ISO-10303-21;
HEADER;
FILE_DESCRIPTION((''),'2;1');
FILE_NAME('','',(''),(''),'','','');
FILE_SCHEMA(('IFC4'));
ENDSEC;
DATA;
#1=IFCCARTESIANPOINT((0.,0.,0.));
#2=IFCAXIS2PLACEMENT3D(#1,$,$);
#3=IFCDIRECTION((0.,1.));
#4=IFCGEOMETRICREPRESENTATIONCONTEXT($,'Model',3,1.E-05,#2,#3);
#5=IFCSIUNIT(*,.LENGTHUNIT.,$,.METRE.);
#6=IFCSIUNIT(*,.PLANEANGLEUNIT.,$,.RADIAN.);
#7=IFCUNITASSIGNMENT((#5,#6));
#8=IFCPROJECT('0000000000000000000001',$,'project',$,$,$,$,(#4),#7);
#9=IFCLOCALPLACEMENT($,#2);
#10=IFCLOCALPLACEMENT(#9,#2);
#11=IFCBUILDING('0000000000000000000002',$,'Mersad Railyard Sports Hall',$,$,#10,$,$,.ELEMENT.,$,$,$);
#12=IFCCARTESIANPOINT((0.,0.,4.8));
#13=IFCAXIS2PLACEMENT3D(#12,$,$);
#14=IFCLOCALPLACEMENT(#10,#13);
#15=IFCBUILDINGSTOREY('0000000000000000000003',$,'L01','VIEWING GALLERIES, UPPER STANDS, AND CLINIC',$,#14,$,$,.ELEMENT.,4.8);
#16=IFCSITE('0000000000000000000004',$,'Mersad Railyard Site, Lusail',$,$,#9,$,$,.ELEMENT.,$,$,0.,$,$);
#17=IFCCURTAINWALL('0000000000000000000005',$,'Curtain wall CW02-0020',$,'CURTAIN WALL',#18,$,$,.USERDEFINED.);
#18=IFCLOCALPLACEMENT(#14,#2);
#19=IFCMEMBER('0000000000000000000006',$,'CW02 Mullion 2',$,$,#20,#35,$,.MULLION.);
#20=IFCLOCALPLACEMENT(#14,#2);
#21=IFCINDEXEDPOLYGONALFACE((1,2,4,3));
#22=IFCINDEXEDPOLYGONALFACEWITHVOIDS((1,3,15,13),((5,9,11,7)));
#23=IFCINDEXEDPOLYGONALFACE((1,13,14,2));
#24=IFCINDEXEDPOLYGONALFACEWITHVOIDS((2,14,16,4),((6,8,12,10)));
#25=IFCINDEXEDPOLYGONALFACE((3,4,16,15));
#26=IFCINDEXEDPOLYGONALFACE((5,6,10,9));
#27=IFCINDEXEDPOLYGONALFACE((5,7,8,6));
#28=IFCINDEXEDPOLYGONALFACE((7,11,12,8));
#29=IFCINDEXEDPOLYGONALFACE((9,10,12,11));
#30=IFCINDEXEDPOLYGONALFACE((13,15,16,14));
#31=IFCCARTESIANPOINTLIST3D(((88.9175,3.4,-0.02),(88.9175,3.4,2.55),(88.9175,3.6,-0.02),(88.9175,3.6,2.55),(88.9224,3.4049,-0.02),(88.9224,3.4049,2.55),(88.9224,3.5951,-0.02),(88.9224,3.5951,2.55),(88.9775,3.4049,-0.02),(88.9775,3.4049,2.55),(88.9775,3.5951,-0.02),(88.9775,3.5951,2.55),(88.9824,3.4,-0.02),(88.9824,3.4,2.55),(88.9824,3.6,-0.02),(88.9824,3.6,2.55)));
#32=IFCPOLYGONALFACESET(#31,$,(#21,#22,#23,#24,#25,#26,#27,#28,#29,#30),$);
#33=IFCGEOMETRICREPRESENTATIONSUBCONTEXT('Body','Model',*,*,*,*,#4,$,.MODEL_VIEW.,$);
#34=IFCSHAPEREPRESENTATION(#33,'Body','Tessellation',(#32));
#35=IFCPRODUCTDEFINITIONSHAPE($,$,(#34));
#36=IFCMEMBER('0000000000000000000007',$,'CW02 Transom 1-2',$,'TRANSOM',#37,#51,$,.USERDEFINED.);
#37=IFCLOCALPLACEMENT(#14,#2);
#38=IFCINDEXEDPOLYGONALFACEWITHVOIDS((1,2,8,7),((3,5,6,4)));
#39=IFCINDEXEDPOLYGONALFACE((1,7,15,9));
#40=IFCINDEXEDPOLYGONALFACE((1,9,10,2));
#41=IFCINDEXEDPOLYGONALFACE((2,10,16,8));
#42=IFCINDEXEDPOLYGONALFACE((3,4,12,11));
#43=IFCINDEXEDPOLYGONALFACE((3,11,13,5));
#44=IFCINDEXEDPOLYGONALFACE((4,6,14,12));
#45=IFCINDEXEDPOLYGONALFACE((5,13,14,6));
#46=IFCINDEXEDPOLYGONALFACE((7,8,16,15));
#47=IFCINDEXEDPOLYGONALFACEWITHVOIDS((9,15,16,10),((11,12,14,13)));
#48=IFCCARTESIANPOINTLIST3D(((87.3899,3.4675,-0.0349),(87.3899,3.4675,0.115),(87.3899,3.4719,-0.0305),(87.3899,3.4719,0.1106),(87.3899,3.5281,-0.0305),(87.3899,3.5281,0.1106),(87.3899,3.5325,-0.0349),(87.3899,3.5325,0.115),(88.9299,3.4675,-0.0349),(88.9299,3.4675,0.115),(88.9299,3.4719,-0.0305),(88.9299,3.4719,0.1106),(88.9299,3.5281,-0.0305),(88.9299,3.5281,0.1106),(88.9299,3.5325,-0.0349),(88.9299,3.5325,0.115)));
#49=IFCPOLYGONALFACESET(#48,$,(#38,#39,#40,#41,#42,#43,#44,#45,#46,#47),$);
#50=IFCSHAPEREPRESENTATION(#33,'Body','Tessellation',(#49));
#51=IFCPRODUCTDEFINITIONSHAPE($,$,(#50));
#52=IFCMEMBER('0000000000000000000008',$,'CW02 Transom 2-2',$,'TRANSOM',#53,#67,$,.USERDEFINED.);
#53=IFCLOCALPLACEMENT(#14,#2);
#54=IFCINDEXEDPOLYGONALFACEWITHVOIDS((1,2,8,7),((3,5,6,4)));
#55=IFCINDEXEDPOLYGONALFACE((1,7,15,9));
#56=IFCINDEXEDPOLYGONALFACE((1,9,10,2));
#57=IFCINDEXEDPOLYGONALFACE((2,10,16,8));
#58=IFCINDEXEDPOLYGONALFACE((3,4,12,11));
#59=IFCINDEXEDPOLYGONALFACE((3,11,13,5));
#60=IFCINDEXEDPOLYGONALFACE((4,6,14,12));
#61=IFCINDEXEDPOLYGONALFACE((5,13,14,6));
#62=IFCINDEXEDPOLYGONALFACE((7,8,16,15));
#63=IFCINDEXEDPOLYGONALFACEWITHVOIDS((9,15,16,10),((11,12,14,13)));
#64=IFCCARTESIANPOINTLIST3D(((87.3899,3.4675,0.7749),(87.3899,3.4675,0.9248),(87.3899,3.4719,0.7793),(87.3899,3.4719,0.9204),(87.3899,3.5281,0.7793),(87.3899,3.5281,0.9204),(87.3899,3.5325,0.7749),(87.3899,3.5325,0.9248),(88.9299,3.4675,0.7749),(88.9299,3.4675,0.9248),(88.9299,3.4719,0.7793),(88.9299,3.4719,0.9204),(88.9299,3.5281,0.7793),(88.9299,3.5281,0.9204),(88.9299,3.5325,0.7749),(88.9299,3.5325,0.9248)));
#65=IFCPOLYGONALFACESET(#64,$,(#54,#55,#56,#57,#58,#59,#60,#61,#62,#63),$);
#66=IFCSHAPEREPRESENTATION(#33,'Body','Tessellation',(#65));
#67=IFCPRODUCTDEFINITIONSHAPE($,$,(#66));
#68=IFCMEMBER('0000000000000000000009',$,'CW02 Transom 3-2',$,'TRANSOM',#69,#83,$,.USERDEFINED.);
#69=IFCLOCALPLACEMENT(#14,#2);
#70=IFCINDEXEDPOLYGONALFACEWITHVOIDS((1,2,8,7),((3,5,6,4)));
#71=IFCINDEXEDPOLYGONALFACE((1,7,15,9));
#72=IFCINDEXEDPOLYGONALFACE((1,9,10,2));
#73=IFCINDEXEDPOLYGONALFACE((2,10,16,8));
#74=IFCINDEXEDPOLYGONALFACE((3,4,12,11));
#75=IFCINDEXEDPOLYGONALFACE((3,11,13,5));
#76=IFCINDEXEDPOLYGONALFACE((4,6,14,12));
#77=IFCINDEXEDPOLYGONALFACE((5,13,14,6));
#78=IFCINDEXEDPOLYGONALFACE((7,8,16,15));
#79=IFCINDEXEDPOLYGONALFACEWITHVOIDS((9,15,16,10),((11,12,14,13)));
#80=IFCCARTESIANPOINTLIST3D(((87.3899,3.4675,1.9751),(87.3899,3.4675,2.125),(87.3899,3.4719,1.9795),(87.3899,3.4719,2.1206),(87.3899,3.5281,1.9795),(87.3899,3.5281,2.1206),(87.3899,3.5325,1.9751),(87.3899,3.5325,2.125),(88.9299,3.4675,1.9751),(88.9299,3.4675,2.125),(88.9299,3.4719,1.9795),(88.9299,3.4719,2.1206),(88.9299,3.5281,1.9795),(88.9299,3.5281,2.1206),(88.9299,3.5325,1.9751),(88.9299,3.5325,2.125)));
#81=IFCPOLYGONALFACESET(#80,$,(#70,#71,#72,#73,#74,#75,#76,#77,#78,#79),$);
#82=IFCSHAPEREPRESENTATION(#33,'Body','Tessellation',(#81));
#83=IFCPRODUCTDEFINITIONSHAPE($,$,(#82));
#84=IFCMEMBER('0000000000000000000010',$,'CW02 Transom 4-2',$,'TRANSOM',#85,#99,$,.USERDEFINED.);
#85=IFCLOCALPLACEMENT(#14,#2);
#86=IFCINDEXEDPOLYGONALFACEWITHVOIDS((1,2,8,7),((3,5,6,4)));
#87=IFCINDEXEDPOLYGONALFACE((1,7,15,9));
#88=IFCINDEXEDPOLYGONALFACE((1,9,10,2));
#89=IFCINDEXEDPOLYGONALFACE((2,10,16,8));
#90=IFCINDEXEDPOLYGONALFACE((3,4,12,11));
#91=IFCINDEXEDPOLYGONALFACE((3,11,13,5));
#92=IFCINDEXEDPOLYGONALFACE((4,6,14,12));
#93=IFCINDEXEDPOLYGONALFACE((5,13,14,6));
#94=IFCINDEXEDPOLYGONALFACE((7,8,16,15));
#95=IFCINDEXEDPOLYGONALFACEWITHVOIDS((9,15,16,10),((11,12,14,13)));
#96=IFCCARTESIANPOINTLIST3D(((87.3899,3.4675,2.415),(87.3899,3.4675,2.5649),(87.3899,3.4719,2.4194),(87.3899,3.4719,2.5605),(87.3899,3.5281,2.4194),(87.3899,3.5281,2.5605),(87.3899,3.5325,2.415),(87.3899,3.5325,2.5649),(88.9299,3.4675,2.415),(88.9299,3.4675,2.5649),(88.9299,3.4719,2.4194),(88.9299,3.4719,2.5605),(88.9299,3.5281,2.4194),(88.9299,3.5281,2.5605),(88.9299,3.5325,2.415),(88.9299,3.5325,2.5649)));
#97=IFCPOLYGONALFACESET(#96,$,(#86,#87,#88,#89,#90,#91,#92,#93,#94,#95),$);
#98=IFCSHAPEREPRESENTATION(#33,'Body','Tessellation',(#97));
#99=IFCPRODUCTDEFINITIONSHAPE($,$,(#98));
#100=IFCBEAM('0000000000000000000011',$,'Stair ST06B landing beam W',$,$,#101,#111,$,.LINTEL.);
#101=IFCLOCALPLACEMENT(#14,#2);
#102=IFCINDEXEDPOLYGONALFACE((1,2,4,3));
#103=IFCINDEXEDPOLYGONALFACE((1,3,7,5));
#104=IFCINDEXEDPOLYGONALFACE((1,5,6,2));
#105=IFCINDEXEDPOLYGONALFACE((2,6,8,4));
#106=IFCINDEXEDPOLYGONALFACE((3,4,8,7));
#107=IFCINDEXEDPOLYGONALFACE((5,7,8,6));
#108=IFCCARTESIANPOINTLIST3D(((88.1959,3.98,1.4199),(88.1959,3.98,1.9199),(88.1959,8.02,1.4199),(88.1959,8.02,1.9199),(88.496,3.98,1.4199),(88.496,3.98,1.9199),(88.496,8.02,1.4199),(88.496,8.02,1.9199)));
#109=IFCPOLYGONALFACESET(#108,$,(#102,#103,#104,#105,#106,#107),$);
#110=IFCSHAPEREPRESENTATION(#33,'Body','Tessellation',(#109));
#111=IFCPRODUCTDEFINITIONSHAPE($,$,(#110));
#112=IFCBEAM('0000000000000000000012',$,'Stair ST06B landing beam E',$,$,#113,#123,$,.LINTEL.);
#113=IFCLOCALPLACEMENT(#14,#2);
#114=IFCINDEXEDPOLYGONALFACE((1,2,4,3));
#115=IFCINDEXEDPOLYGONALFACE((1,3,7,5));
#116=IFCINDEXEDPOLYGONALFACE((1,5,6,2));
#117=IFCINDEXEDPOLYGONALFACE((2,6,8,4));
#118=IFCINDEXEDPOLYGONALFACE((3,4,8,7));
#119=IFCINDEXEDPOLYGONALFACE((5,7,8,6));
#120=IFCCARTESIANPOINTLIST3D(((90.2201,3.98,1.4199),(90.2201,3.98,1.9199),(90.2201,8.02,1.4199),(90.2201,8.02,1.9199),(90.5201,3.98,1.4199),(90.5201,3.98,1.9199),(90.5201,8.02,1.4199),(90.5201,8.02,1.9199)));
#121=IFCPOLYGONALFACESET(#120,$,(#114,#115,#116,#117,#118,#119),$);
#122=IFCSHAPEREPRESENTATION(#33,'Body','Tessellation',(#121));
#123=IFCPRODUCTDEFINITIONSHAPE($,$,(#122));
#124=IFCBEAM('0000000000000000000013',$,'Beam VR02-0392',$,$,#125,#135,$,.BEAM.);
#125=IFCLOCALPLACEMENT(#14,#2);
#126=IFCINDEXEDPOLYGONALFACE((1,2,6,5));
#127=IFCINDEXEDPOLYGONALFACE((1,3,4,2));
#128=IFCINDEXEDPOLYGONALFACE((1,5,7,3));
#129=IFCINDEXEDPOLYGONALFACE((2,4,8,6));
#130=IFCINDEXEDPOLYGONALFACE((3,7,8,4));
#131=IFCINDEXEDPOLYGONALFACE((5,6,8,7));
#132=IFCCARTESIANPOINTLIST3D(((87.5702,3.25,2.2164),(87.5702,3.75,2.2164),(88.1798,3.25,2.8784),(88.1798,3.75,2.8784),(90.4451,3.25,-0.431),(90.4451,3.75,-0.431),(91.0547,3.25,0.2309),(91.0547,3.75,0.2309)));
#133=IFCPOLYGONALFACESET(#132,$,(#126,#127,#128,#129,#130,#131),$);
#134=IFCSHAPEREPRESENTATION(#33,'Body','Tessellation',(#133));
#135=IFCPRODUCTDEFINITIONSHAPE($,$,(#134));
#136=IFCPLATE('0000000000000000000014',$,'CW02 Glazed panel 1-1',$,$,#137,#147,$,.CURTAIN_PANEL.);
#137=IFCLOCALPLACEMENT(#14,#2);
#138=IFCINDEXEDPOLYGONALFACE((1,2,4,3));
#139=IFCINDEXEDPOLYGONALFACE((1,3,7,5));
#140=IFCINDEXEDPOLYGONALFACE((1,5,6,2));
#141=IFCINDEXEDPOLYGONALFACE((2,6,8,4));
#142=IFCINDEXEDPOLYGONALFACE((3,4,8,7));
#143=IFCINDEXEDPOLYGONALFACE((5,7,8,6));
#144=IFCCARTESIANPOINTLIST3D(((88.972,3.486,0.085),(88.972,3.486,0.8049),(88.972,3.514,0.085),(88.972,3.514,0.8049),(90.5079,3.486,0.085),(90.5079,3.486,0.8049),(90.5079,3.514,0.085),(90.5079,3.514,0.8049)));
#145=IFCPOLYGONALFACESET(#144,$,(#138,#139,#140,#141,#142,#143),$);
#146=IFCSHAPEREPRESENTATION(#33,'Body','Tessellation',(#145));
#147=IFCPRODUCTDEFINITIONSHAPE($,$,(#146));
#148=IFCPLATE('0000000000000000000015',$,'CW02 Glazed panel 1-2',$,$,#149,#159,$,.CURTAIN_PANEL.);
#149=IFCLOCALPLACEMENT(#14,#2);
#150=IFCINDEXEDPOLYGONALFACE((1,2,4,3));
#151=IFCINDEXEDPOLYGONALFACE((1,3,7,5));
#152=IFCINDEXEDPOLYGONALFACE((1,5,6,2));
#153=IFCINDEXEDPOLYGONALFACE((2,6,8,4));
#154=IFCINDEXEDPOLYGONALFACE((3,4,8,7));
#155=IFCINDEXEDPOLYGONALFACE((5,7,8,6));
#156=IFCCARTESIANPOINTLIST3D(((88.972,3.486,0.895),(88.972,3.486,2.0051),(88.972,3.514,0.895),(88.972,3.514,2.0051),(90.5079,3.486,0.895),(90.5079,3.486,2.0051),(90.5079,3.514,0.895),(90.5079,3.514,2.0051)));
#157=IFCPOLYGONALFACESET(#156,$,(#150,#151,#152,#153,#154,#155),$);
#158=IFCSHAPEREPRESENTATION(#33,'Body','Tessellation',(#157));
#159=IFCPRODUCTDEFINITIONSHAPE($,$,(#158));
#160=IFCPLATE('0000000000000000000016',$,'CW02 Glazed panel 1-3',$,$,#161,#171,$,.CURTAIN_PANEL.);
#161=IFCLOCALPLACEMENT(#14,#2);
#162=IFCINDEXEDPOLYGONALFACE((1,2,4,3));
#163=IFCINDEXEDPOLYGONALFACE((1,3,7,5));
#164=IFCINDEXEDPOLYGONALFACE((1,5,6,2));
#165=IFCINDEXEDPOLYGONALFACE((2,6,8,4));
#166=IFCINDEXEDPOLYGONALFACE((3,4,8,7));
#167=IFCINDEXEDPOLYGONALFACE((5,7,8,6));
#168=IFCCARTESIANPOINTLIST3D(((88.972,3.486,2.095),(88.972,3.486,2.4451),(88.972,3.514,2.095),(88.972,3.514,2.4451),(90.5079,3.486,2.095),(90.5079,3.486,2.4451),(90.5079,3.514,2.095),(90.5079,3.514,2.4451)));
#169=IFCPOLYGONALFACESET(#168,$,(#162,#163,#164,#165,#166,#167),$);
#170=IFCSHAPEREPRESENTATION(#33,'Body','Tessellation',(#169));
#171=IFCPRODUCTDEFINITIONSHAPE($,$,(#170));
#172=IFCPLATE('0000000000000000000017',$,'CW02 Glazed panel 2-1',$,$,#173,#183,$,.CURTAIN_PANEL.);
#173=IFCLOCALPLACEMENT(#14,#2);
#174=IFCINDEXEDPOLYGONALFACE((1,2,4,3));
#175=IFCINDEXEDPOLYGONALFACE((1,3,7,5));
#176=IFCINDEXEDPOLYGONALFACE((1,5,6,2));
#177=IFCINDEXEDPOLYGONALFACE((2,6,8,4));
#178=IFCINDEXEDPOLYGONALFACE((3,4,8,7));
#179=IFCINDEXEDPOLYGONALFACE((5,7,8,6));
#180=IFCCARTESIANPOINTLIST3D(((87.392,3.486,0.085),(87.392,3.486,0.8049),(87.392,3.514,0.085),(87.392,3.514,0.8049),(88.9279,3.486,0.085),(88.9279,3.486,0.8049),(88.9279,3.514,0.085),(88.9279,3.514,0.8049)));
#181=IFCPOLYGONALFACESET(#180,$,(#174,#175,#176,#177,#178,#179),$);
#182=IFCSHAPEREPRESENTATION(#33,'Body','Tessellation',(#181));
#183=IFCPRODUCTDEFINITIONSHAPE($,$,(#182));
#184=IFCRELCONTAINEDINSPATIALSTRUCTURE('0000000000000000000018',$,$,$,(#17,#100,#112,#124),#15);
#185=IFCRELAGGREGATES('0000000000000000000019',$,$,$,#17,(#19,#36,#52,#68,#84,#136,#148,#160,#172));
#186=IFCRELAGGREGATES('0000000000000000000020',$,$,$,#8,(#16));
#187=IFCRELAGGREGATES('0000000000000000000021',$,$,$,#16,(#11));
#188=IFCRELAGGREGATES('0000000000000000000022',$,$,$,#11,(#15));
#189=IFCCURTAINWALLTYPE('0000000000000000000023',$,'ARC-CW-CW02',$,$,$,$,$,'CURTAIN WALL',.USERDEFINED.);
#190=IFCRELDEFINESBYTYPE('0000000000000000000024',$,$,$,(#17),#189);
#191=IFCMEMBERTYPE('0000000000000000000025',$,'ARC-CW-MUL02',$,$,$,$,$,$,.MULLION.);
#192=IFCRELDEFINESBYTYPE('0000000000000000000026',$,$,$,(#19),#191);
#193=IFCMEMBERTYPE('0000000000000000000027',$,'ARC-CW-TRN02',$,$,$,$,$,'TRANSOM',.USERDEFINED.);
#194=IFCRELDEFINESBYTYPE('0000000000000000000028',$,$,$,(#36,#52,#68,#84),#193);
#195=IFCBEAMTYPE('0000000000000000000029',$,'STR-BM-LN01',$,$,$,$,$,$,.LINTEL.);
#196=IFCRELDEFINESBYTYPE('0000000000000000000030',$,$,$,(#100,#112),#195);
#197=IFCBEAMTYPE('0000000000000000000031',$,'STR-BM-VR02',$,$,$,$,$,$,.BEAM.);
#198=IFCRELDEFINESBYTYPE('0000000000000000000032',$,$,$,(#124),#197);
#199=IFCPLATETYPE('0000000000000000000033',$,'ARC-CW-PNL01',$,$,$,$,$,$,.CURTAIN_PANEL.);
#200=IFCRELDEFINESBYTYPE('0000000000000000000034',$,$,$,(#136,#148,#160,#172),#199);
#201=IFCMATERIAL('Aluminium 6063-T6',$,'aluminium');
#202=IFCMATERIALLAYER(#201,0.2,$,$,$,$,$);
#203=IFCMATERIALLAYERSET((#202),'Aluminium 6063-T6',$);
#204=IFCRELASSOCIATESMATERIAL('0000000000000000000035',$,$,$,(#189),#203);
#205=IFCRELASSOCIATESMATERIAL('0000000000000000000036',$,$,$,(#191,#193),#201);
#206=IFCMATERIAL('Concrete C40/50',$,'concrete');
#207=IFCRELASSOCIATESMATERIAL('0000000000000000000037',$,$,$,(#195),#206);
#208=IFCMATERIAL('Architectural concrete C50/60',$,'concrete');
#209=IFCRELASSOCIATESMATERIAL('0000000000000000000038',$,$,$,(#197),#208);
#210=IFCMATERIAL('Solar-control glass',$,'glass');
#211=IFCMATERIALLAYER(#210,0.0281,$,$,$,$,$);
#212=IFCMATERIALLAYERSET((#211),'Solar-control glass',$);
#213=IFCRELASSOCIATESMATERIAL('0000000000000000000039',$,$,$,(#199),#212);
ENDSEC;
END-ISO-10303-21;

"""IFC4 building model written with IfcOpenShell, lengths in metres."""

from ifc_helpers import new_model, si_unit, direction, frame, origin, origin_2d, place, context, subcontext, project, spatial, rectangle, hollow_rectangle, extrude, material, layer, layer_set, material_profile, profile_set, type_object, element, aggregate, save


model = new_model("IFC4")

# Units and contexts
model_context = context("Model", 3, precision=1e-05, world=origin(), true_north=direction((0.0, 1.0)))
body_context = subcontext(model_context, "Body", "Model", "MODEL_VIEW")
ifc_project = project(units=[si_unit("LENGTHUNIT", "METRE"), si_unit("PLANEANGLEUNIT", "RADIAN")], contexts=[model_context])

# Site, building, storey
site_placement = place(None, origin())
site = spatial("IfcSite", under=ifc_project, at=site_placement, Name="Mersad Railyard Site, Lusail", CompositionType="ELEMENT", RefElevation=0.0)
building_placement = place(site_placement, origin())
building = spatial("IfcBuilding", under=site, at=building_placement, Name="Mersad Railyard Sports Hall", CompositionType="ELEMENT")
storey_placement = place(building_placement, frame((0.0, 0.0, 4.8)))
storey = spatial("IfcBuildingStorey", under=building, at=storey_placement, Name="L01", Description="VIEWING GALLERIES, UPPER STANDS, AND CLINIC", CompositionType="ELEMENT", Elevation=4.8)

# Curtain wall, members
ifc_material_1 = material(Name="Aluminium 6063-T6", Category="aluminium")
ifc_layer_1 = layer(ifc_material_1, 0.2)
ifc_layer_set_1 = layer_set([ifc_layer_1], Name="Aluminium 6063-T6")
curtain_wall_type = type_object("IfcCurtainWallType", Name="ARC-CW-CW02", ElementType="CURTAIN WALL", PredefinedType="USERDEFINED", material=ifc_layer_set_1)
curtain_wall_placement = place(storey_placement, origin())
curtain_wall = element("IfcCurtainWall", 1, at=curtain_wall_placement, inside=storey, type_object=curtain_wall_type, Name="Curtain wall CW02-0020", ObjectType="CURTAIN WALL", PredefinedType="USERDEFINED")
ifc_material_profile_1 = material_profile(ifc_material_1, hollow_rectangle(XDim=0.0649, YDim=0.2, WallThickness=0.0049, at=origin_2d()), Name="AL MULLION 65x200x5")
ifc_profile_set_1 = profile_set([ifc_material_profile_1], Name="Aluminium 6063-T6")
member_type_1 = type_object("IfcMemberType", Name="ARC-CW-MUL02", PredefinedType="MULLION", material=ifc_profile_set_1)
member_1_placement = place(storey_placement, frame((88.95, 3.5, -0.02), z_axis=(0.0, 0.0, 1.0), x_axis=(1.0, 0.0, 0.0)))
member_1 = element("IfcMember", 2, at=member_1_placement, type_object=member_type_1, Name="CW02 Mullion 2", PredefinedType="MULLION", context=body_context, shape_type="SweptSolid", body=[
    extrude(hollow_rectangle(XDim=0.0649, YDim=0.2, WallThickness=0.0049, at=origin_2d()), origin(), (0.0, 0.0, 1.0), 2.5701),
])
ifc_material_profile_2 = material_profile(ifc_material_1, hollow_rectangle(XDim=0.0649, YDim=0.1499, WallThickness=0.0044, at=origin_2d()), Name="AL TRANSOM 65x150x4.5")
ifc_profile_set_2 = profile_set([ifc_material_profile_2], Name="Aluminium 6063-T6")
member_type_2 = type_object("IfcMemberType", Name="ARC-CW-TRN02", ElementType="TRANSOM", PredefinedType="USERDEFINED", material=ifc_profile_set_2)
member_2_placement = place(storey_placement, frame((88.9299, 3.5, 0.04), z_axis=(-1.0, 0.0, 0.0), x_axis=(0.0, -1.0, 0.0)))
member_2 = element("IfcMember", 3, at=member_2_placement, type_object=member_type_2, Name="CW02 Transom 1-2", ObjectType="TRANSOM", PredefinedType="USERDEFINED", context=body_context, shape_type="SweptSolid", body=[
    extrude(hollow_rectangle(XDim=0.0649, YDim=0.1499, WallThickness=0.0044, at=origin_2d()), origin(), (0.0, 0.0, 1.0), 1.54),
])
member_3_placement = place(storey_placement, frame((88.9299, 3.5, 0.8499), z_axis=(-1.0, 0.0, 0.0), x_axis=(0.0, -1.0, 0.0)))
member_3 = element("IfcMember", 4, at=member_3_placement, type_object=member_type_2, Name="CW02 Transom 2-2", ObjectType="TRANSOM", PredefinedType="USERDEFINED", context=body_context, shape_type="SweptSolid", body=[
    extrude(hollow_rectangle(XDim=0.0649, YDim=0.1499, WallThickness=0.0044, at=origin_2d()), origin(), (0.0, 0.0, 1.0), 1.54),
])
member_4_placement = place(storey_placement, frame((88.9299, 3.5, 2.05), z_axis=(-1.0, 0.0, 0.0), x_axis=(0.0, -1.0, 0.0)))
member_4 = element("IfcMember", 5, at=member_4_placement, type_object=member_type_2, Name="CW02 Transom 3-2", ObjectType="TRANSOM", PredefinedType="USERDEFINED", context=body_context, shape_type="SweptSolid", body=[
    extrude(hollow_rectangle(XDim=0.0649, YDim=0.1499, WallThickness=0.0044, at=origin_2d()), origin(), (0.0, 0.0, 1.0), 1.54),
])
member_5_placement = place(storey_placement, frame((88.9299, 3.5, 2.49), z_axis=(-1.0, 0.0, 0.0), x_axis=(0.0, -1.0, 0.0)))
member_5 = element("IfcMember", 6, at=member_5_placement, type_object=member_type_2, Name="CW02 Transom 4-2", ObjectType="TRANSOM", PredefinedType="USERDEFINED", context=body_context, shape_type="SweptSolid", body=[
    extrude(hollow_rectangle(XDim=0.0649, YDim=0.1499, WallThickness=0.0044, at=origin_2d()), origin(), (0.0, 0.0, 1.0), 1.54),
])

# Beams
ifc_material_2 = material(Name="Concrete C40/50", Category="concrete")
ifc_material_profile_3 = material_profile(ifc_material_2, rectangle(XDim=0.3, YDim=0.5, at=origin_2d()), Name="RC 300x500")
ifc_profile_set_3 = profile_set([ifc_material_profile_3], Name="Concrete C40/50")
beam_type_1 = type_object("IfcBeamType", Name="STR-BM-LN01", PredefinedType="LINTEL", material=ifc_profile_set_3)
for number, where, z_axis, x_axis, name in (
    (7, (88.3459, 3.98, 1.6699), (0.0, 1.0, 0.0), (-1.0, 0.0, 0.0), "Stair ST06B landing beam W"),
    (8, (90.3701, 3.98, 1.6699), (0.0, 1.0, 0.0), (-1.0, 0.0, 0.0), "Stair ST06B landing beam E"),
):
    element("IfcBeam", number, at=place(storey_placement, frame(where, z_axis=z_axis, x_axis=x_axis)), inside=storey, type_object=beam_type_1, Name=name, PredefinedType="LINTEL", context=body_context, shape_type="SweptSolid", body=[
        extrude(rectangle(XDim=0.3, YDim=0.5, at=origin_2d()), origin(), (0.0, 0.0, 1.0), 4.04),
    ])
ifc_material_3 = material(Name="Architectural concrete C50/60", Category="concrete")
ifc_material_profile_4 = material_profile(ifc_material_3, rectangle(XDim=0.5, YDim=0.8999, at=origin_2d()), Name="VR 500x900")
ifc_profile_set_4 = profile_set([ifc_material_profile_4], Name="Architectural concrete C50/60")
beam_type_2 = type_object("IfcBeamType", Name="STR-BM-VR02", PredefinedType="BEAM", material=ifc_profile_set_4)
beam_placement = place(storey_placement, frame((87.875, 3.5, 2.5474), z_axis=(0.735617, 0.0, -0.677397), x_axis=(0.0, 1.0, 0.0)))
element("IfcBeam", 9, at=beam_placement, inside=storey, type_object=beam_type_2, Name="Beam VR02-0392", PredefinedType="BEAM", context=body_context, shape_type="SweptSolid", body=[
    extrude(rectangle(XDim=0.5, YDim=0.8999, at=origin_2d()), origin(), (0.0, 0.0, 1.0), 3.9082),
])

# Plates
ifc_material_4 = material(Name="Solar-control glass", Category="glass")
ifc_layer_2 = layer(ifc_material_4, 0.0281)
ifc_layer_set_2 = layer_set([ifc_layer_2], Name="Solar-control glass")
plate_type = type_object("IfcPlateType", Name="ARC-CW-PNL01", PredefinedType="CURTAIN_PANEL", material=ifc_layer_set_2)
plate_1_placement = place(storey_placement, frame((89.74, 3.5, 0.085), z_axis=(0.0, 0.0, 1.0), x_axis=(-1.0, 0.0, 0.0)))
plate_1 = element("IfcPlate", 10, at=plate_1_placement, type_object=plate_type, Name="CW02 Glazed panel 1-1", PredefinedType="CURTAIN_PANEL", context=body_context, shape_type="SweptSolid", body=[
    extrude(rectangle(XDim=1.5359, YDim=0.0281, at=origin_2d()), origin(), (0.0, 0.0, 1.0), 0.72),
])
plate_2_placement = place(storey_placement, frame((89.74, 3.5, 0.895), z_axis=(0.0, 0.0, 1.0), x_axis=(-1.0, 0.0, 0.0)))
plate_2 = element("IfcPlate", 11, at=plate_2_placement, type_object=plate_type, Name="CW02 Glazed panel 1-2", PredefinedType="CURTAIN_PANEL", context=body_context, shape_type="SweptSolid", body=[
    extrude(rectangle(XDim=1.5359, YDim=0.0281, at=origin_2d()), origin(), (0.0, 0.0, 1.0), 1.1101),
])
plate_3_placement = place(storey_placement, frame((89.74, 3.5, 2.095), z_axis=(0.0, 0.0, 1.0), x_axis=(-1.0, 0.0, 0.0)))
plate_3 = element("IfcPlate", 12, at=plate_3_placement, type_object=plate_type, Name="CW02 Glazed panel 1-3", PredefinedType="CURTAIN_PANEL", context=body_context, shape_type="SweptSolid", body=[
    extrude(rectangle(XDim=1.5359, YDim=0.0281, at=origin_2d()), origin(), (0.0, 0.0, 1.0), 0.3501),
])
plate_4_placement = place(storey_placement, frame((88.1599, 3.5, 0.085), z_axis=(0.0, 0.0, 1.0), x_axis=(-1.0, 0.0, 0.0)))
plate_4 = element("IfcPlate", 13, at=plate_4_placement, type_object=plate_type, Name="CW02 Glazed panel 2-1", PredefinedType="CURTAIN_PANEL", context=body_context, shape_type="SweptSolid", body=[
    extrude(rectangle(XDim=1.5359, YDim=0.0281, at=origin_2d()), origin(), (0.0, 0.0, 1.0), 0.72),
])
aggregate(curtain_wall, [member_1, member_2, member_3, member_4, member_5, plate_1, plate_2, plate_3, plate_4])

save(model, "model.ifc")
